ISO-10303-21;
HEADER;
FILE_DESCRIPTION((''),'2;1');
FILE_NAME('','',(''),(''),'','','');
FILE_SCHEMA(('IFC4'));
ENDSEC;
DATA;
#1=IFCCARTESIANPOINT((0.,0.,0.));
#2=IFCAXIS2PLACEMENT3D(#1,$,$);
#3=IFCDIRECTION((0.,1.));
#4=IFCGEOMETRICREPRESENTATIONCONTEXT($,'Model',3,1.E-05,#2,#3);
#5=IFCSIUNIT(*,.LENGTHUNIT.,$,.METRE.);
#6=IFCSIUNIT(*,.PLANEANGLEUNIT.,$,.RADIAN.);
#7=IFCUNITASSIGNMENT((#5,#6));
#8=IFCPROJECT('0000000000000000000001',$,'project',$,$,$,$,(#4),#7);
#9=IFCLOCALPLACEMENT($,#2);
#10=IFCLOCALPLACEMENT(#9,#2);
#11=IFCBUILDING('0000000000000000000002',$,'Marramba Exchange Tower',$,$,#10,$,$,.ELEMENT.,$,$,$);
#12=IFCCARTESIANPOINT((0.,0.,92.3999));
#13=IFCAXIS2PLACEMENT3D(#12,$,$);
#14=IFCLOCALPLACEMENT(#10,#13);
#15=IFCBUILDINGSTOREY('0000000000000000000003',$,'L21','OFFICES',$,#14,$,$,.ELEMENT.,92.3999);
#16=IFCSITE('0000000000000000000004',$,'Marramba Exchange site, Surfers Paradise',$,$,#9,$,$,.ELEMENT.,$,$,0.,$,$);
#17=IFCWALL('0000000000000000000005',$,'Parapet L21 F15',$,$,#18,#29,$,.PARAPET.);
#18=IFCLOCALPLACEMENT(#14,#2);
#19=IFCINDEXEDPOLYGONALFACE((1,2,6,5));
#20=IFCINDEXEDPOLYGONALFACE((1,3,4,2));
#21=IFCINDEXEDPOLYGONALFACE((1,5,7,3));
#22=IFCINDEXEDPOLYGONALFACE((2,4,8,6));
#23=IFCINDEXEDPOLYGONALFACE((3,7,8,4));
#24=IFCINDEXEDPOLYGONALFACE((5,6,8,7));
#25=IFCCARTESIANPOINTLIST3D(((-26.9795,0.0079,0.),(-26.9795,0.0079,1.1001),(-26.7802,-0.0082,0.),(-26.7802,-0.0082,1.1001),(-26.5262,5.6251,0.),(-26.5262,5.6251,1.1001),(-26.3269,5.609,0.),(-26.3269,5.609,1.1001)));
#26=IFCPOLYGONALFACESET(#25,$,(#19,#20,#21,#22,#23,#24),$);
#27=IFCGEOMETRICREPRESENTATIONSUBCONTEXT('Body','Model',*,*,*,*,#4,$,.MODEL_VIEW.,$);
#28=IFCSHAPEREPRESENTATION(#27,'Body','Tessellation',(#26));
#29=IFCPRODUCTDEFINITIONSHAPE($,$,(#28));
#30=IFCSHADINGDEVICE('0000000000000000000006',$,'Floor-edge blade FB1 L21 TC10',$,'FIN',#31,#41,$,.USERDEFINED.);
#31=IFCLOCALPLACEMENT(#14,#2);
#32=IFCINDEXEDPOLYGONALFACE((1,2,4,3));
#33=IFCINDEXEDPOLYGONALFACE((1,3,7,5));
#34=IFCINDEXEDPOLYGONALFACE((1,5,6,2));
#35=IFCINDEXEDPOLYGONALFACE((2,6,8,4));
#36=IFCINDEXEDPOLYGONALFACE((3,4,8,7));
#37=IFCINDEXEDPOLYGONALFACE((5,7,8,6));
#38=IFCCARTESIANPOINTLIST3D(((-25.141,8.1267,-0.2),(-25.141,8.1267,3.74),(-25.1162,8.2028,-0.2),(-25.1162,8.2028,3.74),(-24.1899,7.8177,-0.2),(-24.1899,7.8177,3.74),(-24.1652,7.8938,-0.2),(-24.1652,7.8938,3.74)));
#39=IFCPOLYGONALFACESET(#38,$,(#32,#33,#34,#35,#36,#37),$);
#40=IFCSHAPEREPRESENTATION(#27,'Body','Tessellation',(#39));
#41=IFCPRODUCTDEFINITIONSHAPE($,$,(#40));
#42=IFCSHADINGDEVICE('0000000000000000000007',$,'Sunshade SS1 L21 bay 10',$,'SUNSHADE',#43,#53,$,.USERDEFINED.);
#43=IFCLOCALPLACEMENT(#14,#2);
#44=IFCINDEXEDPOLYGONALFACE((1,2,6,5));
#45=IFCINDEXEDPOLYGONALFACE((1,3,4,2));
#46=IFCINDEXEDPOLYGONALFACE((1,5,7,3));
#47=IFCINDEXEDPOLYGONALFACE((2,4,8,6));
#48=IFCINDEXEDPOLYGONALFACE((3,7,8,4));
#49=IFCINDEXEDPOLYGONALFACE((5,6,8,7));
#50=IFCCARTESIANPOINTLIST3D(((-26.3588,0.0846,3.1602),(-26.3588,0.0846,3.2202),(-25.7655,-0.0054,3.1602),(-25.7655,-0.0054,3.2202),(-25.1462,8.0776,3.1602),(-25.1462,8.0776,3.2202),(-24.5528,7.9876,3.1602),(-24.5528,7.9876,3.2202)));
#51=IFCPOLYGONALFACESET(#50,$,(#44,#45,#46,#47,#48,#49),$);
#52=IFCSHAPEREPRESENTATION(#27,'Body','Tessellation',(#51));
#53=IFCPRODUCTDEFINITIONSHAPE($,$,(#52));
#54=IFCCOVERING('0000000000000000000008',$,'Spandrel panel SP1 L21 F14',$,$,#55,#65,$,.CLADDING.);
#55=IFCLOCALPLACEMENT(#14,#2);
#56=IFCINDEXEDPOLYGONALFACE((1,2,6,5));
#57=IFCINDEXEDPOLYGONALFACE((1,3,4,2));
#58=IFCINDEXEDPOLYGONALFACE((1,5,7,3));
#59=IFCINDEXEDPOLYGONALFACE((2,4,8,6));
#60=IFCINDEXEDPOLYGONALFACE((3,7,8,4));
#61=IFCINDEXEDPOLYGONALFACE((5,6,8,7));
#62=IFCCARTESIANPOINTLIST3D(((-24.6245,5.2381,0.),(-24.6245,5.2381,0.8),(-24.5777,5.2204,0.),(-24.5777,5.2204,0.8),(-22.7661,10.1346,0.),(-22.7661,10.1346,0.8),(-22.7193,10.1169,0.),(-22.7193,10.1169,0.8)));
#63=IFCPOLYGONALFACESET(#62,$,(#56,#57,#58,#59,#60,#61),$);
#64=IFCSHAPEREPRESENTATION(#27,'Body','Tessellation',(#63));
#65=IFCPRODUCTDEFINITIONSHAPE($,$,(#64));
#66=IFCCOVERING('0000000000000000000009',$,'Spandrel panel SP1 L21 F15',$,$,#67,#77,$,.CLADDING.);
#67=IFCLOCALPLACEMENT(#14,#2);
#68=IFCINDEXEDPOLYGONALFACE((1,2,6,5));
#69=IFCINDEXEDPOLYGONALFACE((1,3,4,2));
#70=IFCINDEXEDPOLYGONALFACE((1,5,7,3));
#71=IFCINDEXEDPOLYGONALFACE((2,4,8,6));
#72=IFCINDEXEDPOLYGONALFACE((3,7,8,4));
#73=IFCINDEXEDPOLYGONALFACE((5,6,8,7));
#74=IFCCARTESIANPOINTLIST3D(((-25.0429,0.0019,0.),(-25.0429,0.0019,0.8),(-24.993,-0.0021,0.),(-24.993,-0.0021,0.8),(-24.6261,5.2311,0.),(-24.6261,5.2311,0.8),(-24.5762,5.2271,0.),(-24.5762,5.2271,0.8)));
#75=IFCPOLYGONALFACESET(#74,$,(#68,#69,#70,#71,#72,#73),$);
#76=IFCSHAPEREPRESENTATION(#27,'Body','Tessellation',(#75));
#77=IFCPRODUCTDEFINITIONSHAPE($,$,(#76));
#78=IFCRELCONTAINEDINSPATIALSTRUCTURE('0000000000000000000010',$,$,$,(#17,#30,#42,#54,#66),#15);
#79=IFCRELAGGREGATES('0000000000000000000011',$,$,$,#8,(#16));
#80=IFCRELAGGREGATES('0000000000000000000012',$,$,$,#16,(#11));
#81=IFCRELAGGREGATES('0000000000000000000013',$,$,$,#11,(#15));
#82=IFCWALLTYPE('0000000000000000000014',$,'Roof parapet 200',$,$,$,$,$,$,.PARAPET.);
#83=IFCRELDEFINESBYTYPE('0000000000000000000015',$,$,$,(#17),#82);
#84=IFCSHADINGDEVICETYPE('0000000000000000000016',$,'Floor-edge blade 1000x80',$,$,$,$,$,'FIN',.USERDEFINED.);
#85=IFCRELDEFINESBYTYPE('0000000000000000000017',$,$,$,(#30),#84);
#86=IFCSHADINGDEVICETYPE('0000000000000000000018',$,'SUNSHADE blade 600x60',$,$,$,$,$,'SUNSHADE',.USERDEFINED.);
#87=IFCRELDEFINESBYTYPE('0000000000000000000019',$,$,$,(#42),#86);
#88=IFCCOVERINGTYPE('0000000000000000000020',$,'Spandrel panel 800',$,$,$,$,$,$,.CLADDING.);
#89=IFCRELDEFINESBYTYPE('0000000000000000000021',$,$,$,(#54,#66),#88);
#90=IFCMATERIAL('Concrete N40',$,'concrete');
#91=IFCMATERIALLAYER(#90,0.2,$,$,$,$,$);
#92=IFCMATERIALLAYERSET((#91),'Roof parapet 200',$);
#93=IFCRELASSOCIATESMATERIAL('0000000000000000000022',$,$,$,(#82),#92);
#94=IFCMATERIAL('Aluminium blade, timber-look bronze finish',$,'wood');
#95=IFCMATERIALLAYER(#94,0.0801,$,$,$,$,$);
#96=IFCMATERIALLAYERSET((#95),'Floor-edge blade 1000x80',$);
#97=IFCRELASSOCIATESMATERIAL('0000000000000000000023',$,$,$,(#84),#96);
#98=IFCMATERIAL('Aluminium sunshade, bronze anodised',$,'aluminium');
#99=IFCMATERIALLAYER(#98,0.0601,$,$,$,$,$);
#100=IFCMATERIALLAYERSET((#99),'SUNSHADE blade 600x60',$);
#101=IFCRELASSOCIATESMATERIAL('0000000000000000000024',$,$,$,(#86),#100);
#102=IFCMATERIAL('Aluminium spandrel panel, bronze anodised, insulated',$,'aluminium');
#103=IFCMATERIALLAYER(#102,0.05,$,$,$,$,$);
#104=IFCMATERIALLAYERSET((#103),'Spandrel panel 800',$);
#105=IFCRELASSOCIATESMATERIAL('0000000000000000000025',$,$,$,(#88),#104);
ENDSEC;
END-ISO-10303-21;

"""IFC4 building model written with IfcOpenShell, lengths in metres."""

from ifc_helpers import new_model, si_unit, direction, frame, frame_2d, origin, origin_2d, place, context, subcontext, project, spatial, rectangle, extrude, material, layer, layer_set, type_object, element, save


model = new_model("IFC4")

# Units and contexts
model_context = context("Model", 3, precision=1e-05, world=origin(), true_north=direction((0.0, 1.0)))
body_context = subcontext(model_context, "Body", "Model", "MODEL_VIEW")
ifc_project = project(units=[si_unit("LENGTHUNIT", "METRE"), si_unit("PLANEANGLEUNIT", "RADIAN")], contexts=[model_context])

# Site, building, storey
site_placement = place(None, origin())
site = spatial("IfcSite", under=ifc_project, at=site_placement, Name="Marramba Exchange site, Surfers Paradise", CompositionType="ELEMENT", RefElevation=0.0)
building_placement = place(site_placement, origin())
building = spatial("IfcBuilding", under=site, at=building_placement, Name="Marramba Exchange Tower", CompositionType="ELEMENT")
storey_placement = place(building_placement, frame((0.0, 0.0, 92.3999)))
storey = spatial("IfcBuildingStorey", under=building, at=storey_placement, Name="L21", Description="OFFICES", CompositionType="ELEMENT", Elevation=92.3999)

# Wall
ifc_material_1 = material(Name="Concrete N40", Category="concrete")
ifc_layer_1 = layer(ifc_material_1, 0.2)
ifc_layer_set_1 = layer_set([ifc_layer_1], Name="Roof parapet 200")
wall_type_1 = type_object("IfcWallType", Name="Roof parapet 200", PredefinedType="PARAPET", material=ifc_layer_set_1)
wall_1_placement = place(storey_placement, frame((-26.4265, 5.6172, 0.0), z_axis=(0.0, 0.0, 1.0), x_axis=(-0.080449, -0.996759, 0.0)))
element("IfcWall", 1, at=wall_1_placement, inside=storey, type_object=wall_type_1, Name="Parapet L21 F15", PredefinedType="PARAPET", context=body_context, shape_type="SweptSolid", body=[
    extrude(rectangle(XDim=5.6355, YDim=0.2, at=frame_2d((2.8179, 0.0))), origin(), (0.0, 0.0, 1.0), 1.1001),
])

# Shading devices
ifc_material_2 = material(Name="Aluminium blade, timber-look bronze finish", Category="wood")
ifc_layer_2 = layer(ifc_material_2, 0.0801)
ifc_layer_set_2 = layer_set([ifc_layer_2], Name="Floor-edge blade 1000x80")
shading_device_type_1 = type_object("IfcShadingDeviceType", Name="Floor-edge blade 1000x80", ElementType="FIN", PredefinedType="USERDEFINED", material=ifc_layer_set_2)
shading_device_1_placement = place(storey_placement, frame((-24.6531, 8.0103, -0.2), z_axis=(0.0, 0.0, 1.0), x_axis=(-0.951057, 0.309017, 0.0)))
element("IfcShadingDevice", 2, at=shading_device_1_placement, inside=storey, type_object=shading_device_type_1, Name="Floor-edge blade FB1 L21 TC10", ObjectType="FIN", PredefinedType="USERDEFINED", context=body_context, shape_type="SweptSolid", body=[
    extrude(rectangle(XDim=1.0, YDim=0.0801, at=origin_2d()), origin(), (0.0, 0.0, 1.0), 3.9399),
])
ifc_material_3 = material(Name="Aluminium sunshade, bronze anodised", Category="aluminium")
ifc_layer_3 = layer(ifc_material_3, 0.0601)
ifc_layer_set_3 = layer_set([ifc_layer_3], Name="SUNSHADE blade 600x60")
shading_device_type_2 = type_object("IfcShadingDeviceType", Name="SUNSHADE blade 600x60", ElementType="SUNSHADE", PredefinedType="USERDEFINED", material=ifc_layer_set_3)
shading_device_2_placement = place(storey_placement, frame((-25.4558, 4.0361, 3.1602), z_axis=(0.0, 0.0, 1.0), x_axis=(-0.149993, -0.988687, 0.0)))
element("IfcShadingDevice", 3, at=shading_device_2_placement, inside=storey, type_object=shading_device_type_2, Name="Sunshade SS1 L21 bay 10", ObjectType="SUNSHADE", PredefinedType="USERDEFINED", context=body_context, shape_type="SweptSolid", body=[
    extrude(rectangle(XDim=8.0845, YDim=0.6001, at=origin_2d()), origin(), (0.0, 0.0, 1.0), 0.0601),
])

# Coverings
ifc_material_4 = material(Name="Aluminium spandrel panel, bronze anodised, insulated", Category="aluminium")
ifc_layer_4 = layer(ifc_material_4, 0.05)
ifc_layer_set_4 = layer_set([ifc_layer_4], Name="Spandrel panel 800")
covering_type = type_object("IfcCoveringType", Name="Spandrel panel 800", PredefinedType="CLADDING", material=ifc_layer_set_4)
covering_1_placement = place(storey_placement, frame((-23.6719, 7.6775, 0.0), z_axis=(0.0, 0.0, 1.0), x_axis=(-0.354844, -0.934925, 0.0)))
element("IfcCovering", 4, at=covering_1_placement, inside=storey, type_object=covering_type, Name="Spandrel panel SP1 L21 F14", PredefinedType="CLADDING", context=body_context, shape_type="SweptSolid", body=[
    extrude(rectangle(XDim=5.2373, YDim=0.05, at=origin_2d()), origin(), (0.0, 0.0, 1.0), 0.8),
])
covering_2_placement = place(storey_placement, frame((-24.8096, 2.6145, 0.0), z_axis=(0.0, 0.0, 1.0), x_axis=(-0.07946, -0.996838, 0.0)))
element("IfcCovering", 5, at=covering_2_placement, inside=storey, type_object=covering_type, Name="Spandrel panel SP1 L21 F15", PredefinedType="CLADDING", context=body_context, shape_type="SweptSolid", body=[
    extrude(rectangle(XDim=5.2458, YDim=0.05, at=origin_2d()), origin(), (0.0, 0.0, 1.0), 0.8),
])

save(model, "model.ifc")
